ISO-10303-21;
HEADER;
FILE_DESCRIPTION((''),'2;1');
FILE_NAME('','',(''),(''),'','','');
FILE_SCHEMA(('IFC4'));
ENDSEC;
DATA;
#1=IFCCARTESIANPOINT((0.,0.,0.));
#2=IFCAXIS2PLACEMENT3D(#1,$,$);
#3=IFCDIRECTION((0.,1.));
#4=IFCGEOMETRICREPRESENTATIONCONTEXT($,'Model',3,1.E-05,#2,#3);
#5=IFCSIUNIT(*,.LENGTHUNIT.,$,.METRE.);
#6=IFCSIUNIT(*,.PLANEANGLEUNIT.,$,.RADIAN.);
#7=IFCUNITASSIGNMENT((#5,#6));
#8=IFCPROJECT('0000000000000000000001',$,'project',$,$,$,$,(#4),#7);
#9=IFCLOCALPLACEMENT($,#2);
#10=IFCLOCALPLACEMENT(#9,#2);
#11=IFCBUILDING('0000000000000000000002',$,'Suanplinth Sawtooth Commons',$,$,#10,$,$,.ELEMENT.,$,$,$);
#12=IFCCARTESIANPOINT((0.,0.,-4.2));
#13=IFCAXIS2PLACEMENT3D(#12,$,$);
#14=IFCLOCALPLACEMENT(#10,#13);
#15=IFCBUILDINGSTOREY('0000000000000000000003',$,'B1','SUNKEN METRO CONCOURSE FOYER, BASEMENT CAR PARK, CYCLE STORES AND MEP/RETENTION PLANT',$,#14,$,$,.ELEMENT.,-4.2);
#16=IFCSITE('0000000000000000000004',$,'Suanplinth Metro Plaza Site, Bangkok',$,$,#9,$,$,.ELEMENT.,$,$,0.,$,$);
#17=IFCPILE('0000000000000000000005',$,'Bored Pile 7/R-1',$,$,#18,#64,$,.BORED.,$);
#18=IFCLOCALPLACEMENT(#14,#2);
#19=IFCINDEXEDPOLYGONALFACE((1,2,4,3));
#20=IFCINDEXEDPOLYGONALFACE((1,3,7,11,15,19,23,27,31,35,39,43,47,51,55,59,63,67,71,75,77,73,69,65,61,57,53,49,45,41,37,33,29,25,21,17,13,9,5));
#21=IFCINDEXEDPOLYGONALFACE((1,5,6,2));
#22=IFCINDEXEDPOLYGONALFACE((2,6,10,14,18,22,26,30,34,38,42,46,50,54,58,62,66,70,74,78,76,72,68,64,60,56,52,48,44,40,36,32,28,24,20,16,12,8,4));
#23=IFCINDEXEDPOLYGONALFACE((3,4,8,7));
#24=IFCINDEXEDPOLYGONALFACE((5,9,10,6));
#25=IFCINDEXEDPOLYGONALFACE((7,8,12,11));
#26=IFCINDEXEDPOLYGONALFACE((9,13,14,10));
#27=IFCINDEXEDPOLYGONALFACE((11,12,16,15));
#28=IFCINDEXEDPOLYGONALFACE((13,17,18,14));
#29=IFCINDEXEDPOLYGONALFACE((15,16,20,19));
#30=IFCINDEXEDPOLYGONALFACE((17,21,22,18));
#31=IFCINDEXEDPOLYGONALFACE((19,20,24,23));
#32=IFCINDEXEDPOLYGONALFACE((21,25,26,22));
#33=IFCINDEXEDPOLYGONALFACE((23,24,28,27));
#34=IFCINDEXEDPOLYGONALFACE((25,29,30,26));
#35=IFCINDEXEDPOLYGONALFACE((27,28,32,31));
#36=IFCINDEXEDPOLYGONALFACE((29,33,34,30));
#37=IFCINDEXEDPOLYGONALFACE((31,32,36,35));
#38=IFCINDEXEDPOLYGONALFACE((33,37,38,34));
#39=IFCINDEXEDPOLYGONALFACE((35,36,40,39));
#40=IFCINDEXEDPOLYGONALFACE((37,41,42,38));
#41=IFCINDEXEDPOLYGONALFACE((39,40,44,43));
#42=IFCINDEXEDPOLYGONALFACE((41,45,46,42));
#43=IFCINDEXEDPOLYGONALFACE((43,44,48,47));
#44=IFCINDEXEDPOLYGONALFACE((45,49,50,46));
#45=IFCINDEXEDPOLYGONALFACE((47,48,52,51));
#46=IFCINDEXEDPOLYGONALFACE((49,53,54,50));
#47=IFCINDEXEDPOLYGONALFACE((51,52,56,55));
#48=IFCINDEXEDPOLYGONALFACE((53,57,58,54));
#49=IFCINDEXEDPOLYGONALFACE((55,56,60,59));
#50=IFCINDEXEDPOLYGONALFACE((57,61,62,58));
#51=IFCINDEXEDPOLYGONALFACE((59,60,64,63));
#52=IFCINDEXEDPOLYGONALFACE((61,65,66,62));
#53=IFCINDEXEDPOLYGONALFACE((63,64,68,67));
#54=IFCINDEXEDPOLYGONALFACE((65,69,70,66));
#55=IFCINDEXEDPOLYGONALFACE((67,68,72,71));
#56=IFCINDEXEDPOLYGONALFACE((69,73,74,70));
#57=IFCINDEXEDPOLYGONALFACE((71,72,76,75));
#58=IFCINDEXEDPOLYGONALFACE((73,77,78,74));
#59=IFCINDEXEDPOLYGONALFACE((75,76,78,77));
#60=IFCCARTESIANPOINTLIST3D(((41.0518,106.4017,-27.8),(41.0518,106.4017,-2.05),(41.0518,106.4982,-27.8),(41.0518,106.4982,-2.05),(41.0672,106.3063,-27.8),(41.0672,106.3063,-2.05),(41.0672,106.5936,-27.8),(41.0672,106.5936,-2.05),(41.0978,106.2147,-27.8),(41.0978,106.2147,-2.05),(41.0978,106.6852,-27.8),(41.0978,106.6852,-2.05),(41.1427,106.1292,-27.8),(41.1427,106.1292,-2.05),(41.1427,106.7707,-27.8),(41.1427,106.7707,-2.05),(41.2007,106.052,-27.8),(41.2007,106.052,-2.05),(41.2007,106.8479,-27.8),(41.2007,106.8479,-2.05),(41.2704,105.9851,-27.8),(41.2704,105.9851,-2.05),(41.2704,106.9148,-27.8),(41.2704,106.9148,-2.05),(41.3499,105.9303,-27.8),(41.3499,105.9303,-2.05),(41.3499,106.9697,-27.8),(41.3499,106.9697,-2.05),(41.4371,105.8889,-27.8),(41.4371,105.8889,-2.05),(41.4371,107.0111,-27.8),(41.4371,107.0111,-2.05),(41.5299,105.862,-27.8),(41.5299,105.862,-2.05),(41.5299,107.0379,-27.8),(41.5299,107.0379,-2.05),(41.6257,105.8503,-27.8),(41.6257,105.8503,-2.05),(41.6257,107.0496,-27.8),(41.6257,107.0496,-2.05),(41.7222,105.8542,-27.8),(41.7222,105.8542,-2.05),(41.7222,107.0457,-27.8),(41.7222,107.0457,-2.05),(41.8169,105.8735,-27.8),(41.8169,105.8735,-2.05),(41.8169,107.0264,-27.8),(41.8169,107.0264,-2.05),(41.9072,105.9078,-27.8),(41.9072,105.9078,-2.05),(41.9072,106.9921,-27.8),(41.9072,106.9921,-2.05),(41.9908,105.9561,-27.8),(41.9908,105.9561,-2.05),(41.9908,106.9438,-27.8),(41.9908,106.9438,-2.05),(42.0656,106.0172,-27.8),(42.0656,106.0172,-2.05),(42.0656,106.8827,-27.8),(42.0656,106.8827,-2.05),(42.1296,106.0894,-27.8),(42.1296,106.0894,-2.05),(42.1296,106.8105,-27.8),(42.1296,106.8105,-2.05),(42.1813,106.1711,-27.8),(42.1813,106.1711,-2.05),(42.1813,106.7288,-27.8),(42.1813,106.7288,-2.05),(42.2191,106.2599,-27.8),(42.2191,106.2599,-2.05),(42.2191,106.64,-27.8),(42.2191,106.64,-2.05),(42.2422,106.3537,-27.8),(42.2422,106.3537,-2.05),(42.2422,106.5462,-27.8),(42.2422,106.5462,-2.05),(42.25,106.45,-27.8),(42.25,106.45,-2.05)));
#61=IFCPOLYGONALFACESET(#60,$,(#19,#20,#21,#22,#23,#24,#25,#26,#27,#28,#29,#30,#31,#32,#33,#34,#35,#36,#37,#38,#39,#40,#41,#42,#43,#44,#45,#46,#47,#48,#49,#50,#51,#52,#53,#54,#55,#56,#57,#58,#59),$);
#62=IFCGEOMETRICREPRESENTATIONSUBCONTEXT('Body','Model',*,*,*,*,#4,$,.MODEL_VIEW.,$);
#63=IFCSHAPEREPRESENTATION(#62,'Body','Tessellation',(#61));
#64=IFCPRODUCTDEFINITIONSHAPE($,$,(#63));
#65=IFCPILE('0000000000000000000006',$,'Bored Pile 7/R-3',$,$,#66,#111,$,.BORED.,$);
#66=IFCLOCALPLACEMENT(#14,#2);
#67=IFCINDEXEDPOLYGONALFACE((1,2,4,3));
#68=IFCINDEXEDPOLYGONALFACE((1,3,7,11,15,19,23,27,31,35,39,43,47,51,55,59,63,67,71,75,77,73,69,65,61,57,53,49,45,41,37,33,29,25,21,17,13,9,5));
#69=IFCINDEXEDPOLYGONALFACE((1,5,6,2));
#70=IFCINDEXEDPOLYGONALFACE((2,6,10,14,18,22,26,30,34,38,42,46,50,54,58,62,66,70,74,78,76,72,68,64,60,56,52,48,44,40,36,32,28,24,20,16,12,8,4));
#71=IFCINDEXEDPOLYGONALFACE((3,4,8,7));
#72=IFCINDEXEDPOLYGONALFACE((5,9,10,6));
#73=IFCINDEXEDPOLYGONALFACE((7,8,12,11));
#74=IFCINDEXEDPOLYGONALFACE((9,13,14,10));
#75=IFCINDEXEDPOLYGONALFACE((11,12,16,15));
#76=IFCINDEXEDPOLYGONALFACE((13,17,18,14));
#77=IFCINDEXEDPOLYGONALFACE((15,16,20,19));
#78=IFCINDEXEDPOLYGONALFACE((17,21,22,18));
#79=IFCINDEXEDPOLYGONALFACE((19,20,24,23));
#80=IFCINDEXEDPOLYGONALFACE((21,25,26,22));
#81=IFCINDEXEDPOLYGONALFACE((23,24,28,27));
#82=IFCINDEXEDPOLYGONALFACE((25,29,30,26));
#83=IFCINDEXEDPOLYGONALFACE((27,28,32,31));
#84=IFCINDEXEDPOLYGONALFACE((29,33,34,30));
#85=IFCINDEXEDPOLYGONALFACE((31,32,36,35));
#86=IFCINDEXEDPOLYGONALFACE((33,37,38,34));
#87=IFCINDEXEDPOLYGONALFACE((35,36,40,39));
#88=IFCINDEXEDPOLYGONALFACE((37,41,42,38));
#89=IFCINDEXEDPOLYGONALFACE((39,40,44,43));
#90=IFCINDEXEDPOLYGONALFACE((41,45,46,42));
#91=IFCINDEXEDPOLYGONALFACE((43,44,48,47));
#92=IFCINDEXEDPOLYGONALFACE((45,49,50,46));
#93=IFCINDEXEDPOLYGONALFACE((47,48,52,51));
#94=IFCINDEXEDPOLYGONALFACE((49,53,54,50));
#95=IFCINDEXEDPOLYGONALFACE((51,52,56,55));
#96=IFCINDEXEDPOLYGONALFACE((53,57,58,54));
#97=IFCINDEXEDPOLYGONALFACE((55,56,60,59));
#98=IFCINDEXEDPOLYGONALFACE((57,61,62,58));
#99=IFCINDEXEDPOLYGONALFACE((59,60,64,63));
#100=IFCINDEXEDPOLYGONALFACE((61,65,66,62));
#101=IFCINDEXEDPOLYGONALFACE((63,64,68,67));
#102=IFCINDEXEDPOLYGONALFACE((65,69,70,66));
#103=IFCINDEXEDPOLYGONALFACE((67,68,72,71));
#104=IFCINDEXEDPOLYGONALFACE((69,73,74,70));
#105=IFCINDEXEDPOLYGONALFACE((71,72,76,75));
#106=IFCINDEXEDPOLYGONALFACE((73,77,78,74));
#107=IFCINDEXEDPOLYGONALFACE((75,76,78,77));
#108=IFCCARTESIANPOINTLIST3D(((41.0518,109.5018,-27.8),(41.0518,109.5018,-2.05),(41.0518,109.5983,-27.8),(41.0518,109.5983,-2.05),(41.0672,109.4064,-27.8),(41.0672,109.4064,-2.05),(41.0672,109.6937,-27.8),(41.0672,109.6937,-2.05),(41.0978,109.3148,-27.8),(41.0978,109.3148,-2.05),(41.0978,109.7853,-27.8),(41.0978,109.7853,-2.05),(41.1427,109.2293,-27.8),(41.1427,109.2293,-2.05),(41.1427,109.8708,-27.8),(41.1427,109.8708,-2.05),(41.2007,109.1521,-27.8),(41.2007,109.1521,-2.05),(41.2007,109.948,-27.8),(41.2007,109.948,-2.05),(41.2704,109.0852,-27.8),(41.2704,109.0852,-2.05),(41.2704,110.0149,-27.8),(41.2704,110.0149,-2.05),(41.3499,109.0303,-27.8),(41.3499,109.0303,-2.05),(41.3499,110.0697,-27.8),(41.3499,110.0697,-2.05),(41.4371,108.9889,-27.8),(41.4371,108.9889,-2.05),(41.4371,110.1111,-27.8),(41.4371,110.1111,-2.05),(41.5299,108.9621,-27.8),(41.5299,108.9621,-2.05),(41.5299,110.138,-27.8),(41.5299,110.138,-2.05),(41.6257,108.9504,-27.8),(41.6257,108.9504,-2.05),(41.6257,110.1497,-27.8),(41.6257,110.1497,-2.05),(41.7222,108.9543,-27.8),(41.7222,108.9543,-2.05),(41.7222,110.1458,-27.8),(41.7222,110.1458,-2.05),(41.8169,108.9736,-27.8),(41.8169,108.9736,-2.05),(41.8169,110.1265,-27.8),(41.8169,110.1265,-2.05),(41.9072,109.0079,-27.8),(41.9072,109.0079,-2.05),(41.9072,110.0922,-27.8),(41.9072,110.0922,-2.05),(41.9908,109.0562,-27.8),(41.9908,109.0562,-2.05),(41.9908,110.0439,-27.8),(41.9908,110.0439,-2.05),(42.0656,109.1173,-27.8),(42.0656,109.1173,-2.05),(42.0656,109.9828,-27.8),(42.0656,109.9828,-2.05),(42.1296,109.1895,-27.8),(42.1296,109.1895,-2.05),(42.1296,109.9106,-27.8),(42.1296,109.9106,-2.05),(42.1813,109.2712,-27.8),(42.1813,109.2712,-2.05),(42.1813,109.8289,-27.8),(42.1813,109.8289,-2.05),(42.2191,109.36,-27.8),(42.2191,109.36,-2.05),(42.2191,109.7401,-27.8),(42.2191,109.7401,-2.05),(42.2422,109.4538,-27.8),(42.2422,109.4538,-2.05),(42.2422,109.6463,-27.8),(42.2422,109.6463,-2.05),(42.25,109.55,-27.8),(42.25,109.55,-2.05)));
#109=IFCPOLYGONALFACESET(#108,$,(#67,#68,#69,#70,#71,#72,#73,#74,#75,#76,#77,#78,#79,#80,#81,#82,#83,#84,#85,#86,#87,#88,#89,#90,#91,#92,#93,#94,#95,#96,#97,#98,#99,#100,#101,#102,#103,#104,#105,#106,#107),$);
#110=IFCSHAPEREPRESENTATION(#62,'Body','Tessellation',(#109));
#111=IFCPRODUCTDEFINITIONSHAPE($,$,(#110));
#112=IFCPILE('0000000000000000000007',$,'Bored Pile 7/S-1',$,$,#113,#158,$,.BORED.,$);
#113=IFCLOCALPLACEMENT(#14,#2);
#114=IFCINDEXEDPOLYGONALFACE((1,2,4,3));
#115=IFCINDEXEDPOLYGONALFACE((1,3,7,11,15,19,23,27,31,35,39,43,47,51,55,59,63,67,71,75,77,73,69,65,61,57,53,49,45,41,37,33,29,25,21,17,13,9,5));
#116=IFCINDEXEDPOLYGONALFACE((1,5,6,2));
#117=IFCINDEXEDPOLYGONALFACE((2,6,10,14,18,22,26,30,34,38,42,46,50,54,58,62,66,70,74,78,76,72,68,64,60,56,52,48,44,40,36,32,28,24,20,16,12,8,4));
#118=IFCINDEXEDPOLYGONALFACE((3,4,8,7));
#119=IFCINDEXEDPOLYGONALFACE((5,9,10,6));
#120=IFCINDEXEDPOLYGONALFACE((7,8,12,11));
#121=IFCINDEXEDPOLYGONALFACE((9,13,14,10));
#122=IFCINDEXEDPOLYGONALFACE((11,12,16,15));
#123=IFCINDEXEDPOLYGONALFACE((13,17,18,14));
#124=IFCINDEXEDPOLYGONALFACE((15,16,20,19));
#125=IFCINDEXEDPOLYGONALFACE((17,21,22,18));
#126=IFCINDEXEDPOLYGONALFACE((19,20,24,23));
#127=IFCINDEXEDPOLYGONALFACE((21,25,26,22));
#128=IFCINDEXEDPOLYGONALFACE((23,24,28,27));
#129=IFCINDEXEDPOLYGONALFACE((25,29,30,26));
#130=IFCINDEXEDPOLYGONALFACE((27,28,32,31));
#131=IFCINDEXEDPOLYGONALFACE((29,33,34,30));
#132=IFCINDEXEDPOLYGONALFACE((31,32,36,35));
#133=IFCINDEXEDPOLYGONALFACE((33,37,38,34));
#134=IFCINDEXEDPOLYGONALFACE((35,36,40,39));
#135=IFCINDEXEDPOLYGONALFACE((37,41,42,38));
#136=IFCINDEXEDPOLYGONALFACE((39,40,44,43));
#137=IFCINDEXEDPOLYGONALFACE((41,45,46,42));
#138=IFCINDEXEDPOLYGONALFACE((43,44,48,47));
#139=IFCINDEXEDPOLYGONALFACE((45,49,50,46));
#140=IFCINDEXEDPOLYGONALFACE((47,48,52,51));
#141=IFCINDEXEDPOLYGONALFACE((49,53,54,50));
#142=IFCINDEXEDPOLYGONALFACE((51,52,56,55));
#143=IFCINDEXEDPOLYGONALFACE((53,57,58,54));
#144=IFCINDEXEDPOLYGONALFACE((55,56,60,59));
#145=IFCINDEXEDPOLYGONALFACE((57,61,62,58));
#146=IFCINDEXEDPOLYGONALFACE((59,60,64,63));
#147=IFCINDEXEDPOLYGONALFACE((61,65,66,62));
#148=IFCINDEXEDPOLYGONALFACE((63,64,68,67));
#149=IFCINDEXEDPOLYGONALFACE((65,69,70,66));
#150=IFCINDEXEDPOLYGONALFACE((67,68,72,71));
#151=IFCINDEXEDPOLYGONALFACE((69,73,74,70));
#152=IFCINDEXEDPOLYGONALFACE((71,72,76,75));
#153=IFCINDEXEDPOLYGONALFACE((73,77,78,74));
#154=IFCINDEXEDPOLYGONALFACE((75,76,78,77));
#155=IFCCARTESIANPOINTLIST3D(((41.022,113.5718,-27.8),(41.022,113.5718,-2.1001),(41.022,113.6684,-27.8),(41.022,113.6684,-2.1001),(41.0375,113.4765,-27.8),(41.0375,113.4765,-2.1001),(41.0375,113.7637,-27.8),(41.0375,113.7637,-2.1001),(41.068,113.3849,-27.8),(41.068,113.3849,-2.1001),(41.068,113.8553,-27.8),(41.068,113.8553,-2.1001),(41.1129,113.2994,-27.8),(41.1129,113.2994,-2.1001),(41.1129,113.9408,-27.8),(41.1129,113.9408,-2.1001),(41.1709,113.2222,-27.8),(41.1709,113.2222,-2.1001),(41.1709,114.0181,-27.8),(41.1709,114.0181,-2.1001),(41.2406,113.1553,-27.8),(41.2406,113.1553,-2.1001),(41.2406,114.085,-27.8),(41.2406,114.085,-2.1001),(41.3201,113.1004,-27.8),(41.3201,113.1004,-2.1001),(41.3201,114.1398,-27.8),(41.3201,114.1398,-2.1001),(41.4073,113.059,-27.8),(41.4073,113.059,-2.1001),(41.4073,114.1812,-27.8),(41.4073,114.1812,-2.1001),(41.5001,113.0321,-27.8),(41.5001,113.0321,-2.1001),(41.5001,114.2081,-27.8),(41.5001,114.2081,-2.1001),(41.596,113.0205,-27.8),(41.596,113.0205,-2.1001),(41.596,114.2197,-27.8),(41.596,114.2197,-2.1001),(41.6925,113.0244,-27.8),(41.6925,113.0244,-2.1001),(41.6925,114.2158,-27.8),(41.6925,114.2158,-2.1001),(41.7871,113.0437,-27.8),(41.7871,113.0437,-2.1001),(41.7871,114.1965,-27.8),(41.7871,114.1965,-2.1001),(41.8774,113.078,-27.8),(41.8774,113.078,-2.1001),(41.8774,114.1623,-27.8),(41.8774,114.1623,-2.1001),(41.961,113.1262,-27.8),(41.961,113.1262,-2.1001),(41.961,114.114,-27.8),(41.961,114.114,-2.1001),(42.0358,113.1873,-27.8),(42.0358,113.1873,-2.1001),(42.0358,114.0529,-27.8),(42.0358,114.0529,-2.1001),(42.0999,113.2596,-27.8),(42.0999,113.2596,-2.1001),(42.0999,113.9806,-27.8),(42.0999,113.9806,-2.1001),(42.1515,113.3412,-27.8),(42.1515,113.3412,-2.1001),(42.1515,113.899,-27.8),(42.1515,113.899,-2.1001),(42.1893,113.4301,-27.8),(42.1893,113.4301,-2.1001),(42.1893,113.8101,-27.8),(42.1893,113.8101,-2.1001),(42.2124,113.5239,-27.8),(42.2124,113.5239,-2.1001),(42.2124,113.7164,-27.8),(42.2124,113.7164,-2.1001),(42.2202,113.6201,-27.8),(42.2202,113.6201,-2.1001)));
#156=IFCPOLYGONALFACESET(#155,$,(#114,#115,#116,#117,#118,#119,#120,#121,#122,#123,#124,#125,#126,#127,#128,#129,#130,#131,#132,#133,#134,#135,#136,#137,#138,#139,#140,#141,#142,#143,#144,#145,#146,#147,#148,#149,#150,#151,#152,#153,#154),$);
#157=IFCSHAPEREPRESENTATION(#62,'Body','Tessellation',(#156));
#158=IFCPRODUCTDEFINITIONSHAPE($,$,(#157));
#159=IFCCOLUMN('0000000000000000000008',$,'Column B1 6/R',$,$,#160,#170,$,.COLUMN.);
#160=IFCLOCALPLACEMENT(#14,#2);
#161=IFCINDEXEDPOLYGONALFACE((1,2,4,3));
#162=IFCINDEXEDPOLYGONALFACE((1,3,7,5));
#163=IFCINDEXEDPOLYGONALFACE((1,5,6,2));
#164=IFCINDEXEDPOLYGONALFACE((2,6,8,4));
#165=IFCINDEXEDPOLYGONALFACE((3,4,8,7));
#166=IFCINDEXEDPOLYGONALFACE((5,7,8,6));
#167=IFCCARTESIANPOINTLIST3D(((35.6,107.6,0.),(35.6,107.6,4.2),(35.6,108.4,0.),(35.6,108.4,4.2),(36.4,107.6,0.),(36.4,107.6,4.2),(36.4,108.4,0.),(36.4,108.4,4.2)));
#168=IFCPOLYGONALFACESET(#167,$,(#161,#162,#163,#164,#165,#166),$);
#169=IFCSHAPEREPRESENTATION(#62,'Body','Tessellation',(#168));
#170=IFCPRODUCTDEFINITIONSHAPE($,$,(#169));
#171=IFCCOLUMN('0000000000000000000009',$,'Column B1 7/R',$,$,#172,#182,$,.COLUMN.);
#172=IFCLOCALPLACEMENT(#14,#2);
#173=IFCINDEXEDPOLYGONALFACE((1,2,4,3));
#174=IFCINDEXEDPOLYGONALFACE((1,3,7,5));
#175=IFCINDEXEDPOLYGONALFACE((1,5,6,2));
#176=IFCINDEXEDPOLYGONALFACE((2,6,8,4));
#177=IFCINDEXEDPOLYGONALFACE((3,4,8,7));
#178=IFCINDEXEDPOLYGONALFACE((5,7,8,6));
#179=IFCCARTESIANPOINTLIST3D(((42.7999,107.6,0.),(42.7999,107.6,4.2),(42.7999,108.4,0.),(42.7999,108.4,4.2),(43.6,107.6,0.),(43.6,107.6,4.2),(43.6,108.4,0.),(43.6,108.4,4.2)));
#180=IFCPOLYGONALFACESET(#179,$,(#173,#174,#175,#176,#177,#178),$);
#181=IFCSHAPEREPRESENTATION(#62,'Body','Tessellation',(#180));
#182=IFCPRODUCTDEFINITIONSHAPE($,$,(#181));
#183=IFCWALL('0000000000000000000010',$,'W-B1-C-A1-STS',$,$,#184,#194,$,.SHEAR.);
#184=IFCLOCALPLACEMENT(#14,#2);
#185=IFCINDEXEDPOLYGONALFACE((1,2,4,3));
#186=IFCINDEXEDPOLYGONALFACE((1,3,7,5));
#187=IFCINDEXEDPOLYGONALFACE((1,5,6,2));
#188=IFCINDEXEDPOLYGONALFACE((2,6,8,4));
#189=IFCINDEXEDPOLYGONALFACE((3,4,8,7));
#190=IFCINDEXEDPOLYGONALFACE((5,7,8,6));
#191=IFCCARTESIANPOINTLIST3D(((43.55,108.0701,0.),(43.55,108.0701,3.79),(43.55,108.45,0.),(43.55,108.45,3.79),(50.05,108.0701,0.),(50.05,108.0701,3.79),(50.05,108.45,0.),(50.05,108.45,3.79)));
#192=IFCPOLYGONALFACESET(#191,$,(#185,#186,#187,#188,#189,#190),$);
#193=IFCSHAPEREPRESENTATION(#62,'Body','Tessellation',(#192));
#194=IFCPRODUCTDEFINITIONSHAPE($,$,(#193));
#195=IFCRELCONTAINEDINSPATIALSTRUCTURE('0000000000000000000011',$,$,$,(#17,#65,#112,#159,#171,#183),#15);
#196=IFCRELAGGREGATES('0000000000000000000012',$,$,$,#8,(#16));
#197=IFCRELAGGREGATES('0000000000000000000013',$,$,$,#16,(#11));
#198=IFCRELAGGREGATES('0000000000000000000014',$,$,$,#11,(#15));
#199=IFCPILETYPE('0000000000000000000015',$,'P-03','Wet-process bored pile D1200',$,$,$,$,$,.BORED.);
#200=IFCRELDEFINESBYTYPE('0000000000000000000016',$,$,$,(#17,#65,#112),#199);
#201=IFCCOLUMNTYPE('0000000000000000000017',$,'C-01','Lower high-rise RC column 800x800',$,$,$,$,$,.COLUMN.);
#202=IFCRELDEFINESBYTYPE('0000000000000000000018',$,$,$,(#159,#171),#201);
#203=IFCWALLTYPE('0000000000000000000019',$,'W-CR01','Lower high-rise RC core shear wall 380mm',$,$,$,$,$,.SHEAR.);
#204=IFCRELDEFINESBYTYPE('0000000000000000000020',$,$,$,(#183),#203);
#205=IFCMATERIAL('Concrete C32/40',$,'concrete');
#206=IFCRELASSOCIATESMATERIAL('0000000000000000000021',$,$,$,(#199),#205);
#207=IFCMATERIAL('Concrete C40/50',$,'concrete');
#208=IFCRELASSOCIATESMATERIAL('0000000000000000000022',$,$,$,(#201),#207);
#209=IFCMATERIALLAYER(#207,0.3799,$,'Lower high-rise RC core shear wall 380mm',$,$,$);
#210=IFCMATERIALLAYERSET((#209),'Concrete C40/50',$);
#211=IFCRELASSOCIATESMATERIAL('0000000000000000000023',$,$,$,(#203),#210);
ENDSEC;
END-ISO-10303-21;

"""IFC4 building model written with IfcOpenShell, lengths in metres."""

from ifc_helpers import new_model, si_unit, direction, frame, frame_2d, origin, origin_2d, place, context, subcontext, project, spatial, rectangle, circle, extrude, material, layer, layer_set, material_profile, profile_set, type_object, element, save


model = new_model("IFC4")

# Units and contexts
model_context = context("Model", 3, precision=1e-05, world=origin(), true_north=direction((0.0, 1.0)))
body_context = subcontext(model_context, "Body", "Model", "MODEL_VIEW")
ifc_project = project(units=[si_unit("LENGTHUNIT", "METRE"), si_unit("PLANEANGLEUNIT", "RADIAN")], contexts=[model_context])

# Site, building, storey
site_placement = place(None, origin())
site = spatial("IfcSite", under=ifc_project, at=site_placement, Name="Suanplinth Metro Plaza Site, Bangkok", CompositionType="ELEMENT", RefElevation=0.0)
building_placement = place(site_placement, origin())
building = spatial("IfcBuilding", under=site, at=building_placement, Name="Suanplinth Sawtooth Commons", CompositionType="ELEMENT")
storey_placement = place(building_placement, frame((0.0, 0.0, -4.2)))
storey = spatial("IfcBuildingStorey", under=building, at=storey_placement, Name="B1", Description="SUNKEN METRO CONCOURSE FOYER, BASEMENT CAR PARK, CYCLE STORES AND MEP/RETENTION PLANT", CompositionType="ELEMENT", Elevation=-4.2)

# Piles
ifc_material_1 = material(Name="Concrete C32/40", Category="concrete")
ifc_material_profile_1 = material_profile(ifc_material_1, circle(Radius=0.6001, at=origin_2d()), Name="PILE D1200")
ifc_profile_set_1 = profile_set([ifc_material_profile_1], Name="Concrete C32/40")
pile_type = type_object("IfcPileType", Name="P-03", Description="Wet-process bored pile D1200", PredefinedType="BORED", material=ifc_profile_set_1)
for number, where, z_axis, x_axis, name in (
    (1, (41.6499, 106.45, -2.05), (0.0, 0.0, -1.0), (1.0, 0.0, 0.0), "Bored Pile 7/R-1"),
    (2, (41.6499, 109.55, -2.05), (0.0, 0.0, -1.0), (1.0, 0.0, 0.0), "Bored Pile 7/R-3"),
):
    element("IfcPile", number, at=place(storey_placement, frame(where, z_axis=z_axis, x_axis=x_axis)), inside=storey, type_object=pile_type, Name=name, PredefinedType="BORED", context=body_context, shape_type="SweptSolid", body=[
        extrude(circle(Radius=0.6001, at=origin_2d()), origin(), (0.0, 0.0, 1.0), 25.75),
    ])
pile_placement = place(storey_placement, frame((41.6201, 113.6201, -2.1001), z_axis=(0.0, 0.0, -1.0), x_axis=(1.0, 0.0, 0.0)))
element("IfcPile", 3, at=pile_placement, inside=storey, type_object=pile_type, Name="Bored Pile 7/S-1", PredefinedType="BORED", context=body_context, shape_type="SweptSolid", body=[
    extrude(circle(Radius=0.6001, at=origin_2d()), origin(), (0.0, 0.0, 1.0), 25.7),
])

# Columns
ifc_material_2 = material(Name="Concrete C40/50", Category="concrete")
ifc_material_profile_2 = material_profile(ifc_material_2, rectangle(XDim=0.8, YDim=0.8, at=origin_2d()), Name="RC-COL 800x800")
ifc_profile_set_2 = profile_set([ifc_material_profile_2], Name="Concrete C40/50")
column_type = type_object("IfcColumnType", Name="C-01", Description="Lower high-rise RC column 800x800", PredefinedType="COLUMN", material=ifc_profile_set_2)
for number, where, z_axis, x_axis, name in (
    (4, (36.0, 108.0, 0.0), (0.0, 0.0, 1.0), (1.0, 0.0, 0.0), "Column B1 6/R"),
    (5, (43.2, 108.0, 0.0), (0.0, 0.0, 1.0), (1.0, 0.0, 0.0), "Column B1 7/R"),
):
    element("IfcColumn", number, at=place(storey_placement, frame(where, z_axis=z_axis, x_axis=x_axis)), inside=storey, type_object=column_type, Name=name, PredefinedType="COLUMN", context=body_context, shape_type="SweptSolid", body=[
        extrude(rectangle(XDim=0.8, YDim=0.8, at=origin_2d()), origin(), (0.0, 0.0, 1.0), 4.2),
    ])

# Wall
ifc_layer = layer(ifc_material_2, 0.3799, Name="Lower high-rise RC core shear wall 380mm")
ifc_layer_set = layer_set([ifc_layer], Name="Concrete C40/50")
wall_type = type_object("IfcWallType", Name="W-CR01", Description="Lower high-rise RC core shear wall 380mm", PredefinedType="SHEAR", material=ifc_layer_set)
wall_1_placement = place(storey_placement, frame((43.55, 108.26, 0.0), z_axis=(0.0, 0.0, 1.0), x_axis=(1.0, 0.0, 0.0)))
element("IfcWall", 6, at=wall_1_placement, inside=storey, type_object=wall_type, Name="W-B1-C-A1-STS", PredefinedType="SHEAR", context=body_context, shape_type="SweptSolid", body=[
    extrude(rectangle(XDim=6.5, YDim=0.3799, at=frame_2d((3.25, 0.0))), origin(), (0.0, 0.0, 1.0), 3.79),
])

save(model, "model.ifc")
